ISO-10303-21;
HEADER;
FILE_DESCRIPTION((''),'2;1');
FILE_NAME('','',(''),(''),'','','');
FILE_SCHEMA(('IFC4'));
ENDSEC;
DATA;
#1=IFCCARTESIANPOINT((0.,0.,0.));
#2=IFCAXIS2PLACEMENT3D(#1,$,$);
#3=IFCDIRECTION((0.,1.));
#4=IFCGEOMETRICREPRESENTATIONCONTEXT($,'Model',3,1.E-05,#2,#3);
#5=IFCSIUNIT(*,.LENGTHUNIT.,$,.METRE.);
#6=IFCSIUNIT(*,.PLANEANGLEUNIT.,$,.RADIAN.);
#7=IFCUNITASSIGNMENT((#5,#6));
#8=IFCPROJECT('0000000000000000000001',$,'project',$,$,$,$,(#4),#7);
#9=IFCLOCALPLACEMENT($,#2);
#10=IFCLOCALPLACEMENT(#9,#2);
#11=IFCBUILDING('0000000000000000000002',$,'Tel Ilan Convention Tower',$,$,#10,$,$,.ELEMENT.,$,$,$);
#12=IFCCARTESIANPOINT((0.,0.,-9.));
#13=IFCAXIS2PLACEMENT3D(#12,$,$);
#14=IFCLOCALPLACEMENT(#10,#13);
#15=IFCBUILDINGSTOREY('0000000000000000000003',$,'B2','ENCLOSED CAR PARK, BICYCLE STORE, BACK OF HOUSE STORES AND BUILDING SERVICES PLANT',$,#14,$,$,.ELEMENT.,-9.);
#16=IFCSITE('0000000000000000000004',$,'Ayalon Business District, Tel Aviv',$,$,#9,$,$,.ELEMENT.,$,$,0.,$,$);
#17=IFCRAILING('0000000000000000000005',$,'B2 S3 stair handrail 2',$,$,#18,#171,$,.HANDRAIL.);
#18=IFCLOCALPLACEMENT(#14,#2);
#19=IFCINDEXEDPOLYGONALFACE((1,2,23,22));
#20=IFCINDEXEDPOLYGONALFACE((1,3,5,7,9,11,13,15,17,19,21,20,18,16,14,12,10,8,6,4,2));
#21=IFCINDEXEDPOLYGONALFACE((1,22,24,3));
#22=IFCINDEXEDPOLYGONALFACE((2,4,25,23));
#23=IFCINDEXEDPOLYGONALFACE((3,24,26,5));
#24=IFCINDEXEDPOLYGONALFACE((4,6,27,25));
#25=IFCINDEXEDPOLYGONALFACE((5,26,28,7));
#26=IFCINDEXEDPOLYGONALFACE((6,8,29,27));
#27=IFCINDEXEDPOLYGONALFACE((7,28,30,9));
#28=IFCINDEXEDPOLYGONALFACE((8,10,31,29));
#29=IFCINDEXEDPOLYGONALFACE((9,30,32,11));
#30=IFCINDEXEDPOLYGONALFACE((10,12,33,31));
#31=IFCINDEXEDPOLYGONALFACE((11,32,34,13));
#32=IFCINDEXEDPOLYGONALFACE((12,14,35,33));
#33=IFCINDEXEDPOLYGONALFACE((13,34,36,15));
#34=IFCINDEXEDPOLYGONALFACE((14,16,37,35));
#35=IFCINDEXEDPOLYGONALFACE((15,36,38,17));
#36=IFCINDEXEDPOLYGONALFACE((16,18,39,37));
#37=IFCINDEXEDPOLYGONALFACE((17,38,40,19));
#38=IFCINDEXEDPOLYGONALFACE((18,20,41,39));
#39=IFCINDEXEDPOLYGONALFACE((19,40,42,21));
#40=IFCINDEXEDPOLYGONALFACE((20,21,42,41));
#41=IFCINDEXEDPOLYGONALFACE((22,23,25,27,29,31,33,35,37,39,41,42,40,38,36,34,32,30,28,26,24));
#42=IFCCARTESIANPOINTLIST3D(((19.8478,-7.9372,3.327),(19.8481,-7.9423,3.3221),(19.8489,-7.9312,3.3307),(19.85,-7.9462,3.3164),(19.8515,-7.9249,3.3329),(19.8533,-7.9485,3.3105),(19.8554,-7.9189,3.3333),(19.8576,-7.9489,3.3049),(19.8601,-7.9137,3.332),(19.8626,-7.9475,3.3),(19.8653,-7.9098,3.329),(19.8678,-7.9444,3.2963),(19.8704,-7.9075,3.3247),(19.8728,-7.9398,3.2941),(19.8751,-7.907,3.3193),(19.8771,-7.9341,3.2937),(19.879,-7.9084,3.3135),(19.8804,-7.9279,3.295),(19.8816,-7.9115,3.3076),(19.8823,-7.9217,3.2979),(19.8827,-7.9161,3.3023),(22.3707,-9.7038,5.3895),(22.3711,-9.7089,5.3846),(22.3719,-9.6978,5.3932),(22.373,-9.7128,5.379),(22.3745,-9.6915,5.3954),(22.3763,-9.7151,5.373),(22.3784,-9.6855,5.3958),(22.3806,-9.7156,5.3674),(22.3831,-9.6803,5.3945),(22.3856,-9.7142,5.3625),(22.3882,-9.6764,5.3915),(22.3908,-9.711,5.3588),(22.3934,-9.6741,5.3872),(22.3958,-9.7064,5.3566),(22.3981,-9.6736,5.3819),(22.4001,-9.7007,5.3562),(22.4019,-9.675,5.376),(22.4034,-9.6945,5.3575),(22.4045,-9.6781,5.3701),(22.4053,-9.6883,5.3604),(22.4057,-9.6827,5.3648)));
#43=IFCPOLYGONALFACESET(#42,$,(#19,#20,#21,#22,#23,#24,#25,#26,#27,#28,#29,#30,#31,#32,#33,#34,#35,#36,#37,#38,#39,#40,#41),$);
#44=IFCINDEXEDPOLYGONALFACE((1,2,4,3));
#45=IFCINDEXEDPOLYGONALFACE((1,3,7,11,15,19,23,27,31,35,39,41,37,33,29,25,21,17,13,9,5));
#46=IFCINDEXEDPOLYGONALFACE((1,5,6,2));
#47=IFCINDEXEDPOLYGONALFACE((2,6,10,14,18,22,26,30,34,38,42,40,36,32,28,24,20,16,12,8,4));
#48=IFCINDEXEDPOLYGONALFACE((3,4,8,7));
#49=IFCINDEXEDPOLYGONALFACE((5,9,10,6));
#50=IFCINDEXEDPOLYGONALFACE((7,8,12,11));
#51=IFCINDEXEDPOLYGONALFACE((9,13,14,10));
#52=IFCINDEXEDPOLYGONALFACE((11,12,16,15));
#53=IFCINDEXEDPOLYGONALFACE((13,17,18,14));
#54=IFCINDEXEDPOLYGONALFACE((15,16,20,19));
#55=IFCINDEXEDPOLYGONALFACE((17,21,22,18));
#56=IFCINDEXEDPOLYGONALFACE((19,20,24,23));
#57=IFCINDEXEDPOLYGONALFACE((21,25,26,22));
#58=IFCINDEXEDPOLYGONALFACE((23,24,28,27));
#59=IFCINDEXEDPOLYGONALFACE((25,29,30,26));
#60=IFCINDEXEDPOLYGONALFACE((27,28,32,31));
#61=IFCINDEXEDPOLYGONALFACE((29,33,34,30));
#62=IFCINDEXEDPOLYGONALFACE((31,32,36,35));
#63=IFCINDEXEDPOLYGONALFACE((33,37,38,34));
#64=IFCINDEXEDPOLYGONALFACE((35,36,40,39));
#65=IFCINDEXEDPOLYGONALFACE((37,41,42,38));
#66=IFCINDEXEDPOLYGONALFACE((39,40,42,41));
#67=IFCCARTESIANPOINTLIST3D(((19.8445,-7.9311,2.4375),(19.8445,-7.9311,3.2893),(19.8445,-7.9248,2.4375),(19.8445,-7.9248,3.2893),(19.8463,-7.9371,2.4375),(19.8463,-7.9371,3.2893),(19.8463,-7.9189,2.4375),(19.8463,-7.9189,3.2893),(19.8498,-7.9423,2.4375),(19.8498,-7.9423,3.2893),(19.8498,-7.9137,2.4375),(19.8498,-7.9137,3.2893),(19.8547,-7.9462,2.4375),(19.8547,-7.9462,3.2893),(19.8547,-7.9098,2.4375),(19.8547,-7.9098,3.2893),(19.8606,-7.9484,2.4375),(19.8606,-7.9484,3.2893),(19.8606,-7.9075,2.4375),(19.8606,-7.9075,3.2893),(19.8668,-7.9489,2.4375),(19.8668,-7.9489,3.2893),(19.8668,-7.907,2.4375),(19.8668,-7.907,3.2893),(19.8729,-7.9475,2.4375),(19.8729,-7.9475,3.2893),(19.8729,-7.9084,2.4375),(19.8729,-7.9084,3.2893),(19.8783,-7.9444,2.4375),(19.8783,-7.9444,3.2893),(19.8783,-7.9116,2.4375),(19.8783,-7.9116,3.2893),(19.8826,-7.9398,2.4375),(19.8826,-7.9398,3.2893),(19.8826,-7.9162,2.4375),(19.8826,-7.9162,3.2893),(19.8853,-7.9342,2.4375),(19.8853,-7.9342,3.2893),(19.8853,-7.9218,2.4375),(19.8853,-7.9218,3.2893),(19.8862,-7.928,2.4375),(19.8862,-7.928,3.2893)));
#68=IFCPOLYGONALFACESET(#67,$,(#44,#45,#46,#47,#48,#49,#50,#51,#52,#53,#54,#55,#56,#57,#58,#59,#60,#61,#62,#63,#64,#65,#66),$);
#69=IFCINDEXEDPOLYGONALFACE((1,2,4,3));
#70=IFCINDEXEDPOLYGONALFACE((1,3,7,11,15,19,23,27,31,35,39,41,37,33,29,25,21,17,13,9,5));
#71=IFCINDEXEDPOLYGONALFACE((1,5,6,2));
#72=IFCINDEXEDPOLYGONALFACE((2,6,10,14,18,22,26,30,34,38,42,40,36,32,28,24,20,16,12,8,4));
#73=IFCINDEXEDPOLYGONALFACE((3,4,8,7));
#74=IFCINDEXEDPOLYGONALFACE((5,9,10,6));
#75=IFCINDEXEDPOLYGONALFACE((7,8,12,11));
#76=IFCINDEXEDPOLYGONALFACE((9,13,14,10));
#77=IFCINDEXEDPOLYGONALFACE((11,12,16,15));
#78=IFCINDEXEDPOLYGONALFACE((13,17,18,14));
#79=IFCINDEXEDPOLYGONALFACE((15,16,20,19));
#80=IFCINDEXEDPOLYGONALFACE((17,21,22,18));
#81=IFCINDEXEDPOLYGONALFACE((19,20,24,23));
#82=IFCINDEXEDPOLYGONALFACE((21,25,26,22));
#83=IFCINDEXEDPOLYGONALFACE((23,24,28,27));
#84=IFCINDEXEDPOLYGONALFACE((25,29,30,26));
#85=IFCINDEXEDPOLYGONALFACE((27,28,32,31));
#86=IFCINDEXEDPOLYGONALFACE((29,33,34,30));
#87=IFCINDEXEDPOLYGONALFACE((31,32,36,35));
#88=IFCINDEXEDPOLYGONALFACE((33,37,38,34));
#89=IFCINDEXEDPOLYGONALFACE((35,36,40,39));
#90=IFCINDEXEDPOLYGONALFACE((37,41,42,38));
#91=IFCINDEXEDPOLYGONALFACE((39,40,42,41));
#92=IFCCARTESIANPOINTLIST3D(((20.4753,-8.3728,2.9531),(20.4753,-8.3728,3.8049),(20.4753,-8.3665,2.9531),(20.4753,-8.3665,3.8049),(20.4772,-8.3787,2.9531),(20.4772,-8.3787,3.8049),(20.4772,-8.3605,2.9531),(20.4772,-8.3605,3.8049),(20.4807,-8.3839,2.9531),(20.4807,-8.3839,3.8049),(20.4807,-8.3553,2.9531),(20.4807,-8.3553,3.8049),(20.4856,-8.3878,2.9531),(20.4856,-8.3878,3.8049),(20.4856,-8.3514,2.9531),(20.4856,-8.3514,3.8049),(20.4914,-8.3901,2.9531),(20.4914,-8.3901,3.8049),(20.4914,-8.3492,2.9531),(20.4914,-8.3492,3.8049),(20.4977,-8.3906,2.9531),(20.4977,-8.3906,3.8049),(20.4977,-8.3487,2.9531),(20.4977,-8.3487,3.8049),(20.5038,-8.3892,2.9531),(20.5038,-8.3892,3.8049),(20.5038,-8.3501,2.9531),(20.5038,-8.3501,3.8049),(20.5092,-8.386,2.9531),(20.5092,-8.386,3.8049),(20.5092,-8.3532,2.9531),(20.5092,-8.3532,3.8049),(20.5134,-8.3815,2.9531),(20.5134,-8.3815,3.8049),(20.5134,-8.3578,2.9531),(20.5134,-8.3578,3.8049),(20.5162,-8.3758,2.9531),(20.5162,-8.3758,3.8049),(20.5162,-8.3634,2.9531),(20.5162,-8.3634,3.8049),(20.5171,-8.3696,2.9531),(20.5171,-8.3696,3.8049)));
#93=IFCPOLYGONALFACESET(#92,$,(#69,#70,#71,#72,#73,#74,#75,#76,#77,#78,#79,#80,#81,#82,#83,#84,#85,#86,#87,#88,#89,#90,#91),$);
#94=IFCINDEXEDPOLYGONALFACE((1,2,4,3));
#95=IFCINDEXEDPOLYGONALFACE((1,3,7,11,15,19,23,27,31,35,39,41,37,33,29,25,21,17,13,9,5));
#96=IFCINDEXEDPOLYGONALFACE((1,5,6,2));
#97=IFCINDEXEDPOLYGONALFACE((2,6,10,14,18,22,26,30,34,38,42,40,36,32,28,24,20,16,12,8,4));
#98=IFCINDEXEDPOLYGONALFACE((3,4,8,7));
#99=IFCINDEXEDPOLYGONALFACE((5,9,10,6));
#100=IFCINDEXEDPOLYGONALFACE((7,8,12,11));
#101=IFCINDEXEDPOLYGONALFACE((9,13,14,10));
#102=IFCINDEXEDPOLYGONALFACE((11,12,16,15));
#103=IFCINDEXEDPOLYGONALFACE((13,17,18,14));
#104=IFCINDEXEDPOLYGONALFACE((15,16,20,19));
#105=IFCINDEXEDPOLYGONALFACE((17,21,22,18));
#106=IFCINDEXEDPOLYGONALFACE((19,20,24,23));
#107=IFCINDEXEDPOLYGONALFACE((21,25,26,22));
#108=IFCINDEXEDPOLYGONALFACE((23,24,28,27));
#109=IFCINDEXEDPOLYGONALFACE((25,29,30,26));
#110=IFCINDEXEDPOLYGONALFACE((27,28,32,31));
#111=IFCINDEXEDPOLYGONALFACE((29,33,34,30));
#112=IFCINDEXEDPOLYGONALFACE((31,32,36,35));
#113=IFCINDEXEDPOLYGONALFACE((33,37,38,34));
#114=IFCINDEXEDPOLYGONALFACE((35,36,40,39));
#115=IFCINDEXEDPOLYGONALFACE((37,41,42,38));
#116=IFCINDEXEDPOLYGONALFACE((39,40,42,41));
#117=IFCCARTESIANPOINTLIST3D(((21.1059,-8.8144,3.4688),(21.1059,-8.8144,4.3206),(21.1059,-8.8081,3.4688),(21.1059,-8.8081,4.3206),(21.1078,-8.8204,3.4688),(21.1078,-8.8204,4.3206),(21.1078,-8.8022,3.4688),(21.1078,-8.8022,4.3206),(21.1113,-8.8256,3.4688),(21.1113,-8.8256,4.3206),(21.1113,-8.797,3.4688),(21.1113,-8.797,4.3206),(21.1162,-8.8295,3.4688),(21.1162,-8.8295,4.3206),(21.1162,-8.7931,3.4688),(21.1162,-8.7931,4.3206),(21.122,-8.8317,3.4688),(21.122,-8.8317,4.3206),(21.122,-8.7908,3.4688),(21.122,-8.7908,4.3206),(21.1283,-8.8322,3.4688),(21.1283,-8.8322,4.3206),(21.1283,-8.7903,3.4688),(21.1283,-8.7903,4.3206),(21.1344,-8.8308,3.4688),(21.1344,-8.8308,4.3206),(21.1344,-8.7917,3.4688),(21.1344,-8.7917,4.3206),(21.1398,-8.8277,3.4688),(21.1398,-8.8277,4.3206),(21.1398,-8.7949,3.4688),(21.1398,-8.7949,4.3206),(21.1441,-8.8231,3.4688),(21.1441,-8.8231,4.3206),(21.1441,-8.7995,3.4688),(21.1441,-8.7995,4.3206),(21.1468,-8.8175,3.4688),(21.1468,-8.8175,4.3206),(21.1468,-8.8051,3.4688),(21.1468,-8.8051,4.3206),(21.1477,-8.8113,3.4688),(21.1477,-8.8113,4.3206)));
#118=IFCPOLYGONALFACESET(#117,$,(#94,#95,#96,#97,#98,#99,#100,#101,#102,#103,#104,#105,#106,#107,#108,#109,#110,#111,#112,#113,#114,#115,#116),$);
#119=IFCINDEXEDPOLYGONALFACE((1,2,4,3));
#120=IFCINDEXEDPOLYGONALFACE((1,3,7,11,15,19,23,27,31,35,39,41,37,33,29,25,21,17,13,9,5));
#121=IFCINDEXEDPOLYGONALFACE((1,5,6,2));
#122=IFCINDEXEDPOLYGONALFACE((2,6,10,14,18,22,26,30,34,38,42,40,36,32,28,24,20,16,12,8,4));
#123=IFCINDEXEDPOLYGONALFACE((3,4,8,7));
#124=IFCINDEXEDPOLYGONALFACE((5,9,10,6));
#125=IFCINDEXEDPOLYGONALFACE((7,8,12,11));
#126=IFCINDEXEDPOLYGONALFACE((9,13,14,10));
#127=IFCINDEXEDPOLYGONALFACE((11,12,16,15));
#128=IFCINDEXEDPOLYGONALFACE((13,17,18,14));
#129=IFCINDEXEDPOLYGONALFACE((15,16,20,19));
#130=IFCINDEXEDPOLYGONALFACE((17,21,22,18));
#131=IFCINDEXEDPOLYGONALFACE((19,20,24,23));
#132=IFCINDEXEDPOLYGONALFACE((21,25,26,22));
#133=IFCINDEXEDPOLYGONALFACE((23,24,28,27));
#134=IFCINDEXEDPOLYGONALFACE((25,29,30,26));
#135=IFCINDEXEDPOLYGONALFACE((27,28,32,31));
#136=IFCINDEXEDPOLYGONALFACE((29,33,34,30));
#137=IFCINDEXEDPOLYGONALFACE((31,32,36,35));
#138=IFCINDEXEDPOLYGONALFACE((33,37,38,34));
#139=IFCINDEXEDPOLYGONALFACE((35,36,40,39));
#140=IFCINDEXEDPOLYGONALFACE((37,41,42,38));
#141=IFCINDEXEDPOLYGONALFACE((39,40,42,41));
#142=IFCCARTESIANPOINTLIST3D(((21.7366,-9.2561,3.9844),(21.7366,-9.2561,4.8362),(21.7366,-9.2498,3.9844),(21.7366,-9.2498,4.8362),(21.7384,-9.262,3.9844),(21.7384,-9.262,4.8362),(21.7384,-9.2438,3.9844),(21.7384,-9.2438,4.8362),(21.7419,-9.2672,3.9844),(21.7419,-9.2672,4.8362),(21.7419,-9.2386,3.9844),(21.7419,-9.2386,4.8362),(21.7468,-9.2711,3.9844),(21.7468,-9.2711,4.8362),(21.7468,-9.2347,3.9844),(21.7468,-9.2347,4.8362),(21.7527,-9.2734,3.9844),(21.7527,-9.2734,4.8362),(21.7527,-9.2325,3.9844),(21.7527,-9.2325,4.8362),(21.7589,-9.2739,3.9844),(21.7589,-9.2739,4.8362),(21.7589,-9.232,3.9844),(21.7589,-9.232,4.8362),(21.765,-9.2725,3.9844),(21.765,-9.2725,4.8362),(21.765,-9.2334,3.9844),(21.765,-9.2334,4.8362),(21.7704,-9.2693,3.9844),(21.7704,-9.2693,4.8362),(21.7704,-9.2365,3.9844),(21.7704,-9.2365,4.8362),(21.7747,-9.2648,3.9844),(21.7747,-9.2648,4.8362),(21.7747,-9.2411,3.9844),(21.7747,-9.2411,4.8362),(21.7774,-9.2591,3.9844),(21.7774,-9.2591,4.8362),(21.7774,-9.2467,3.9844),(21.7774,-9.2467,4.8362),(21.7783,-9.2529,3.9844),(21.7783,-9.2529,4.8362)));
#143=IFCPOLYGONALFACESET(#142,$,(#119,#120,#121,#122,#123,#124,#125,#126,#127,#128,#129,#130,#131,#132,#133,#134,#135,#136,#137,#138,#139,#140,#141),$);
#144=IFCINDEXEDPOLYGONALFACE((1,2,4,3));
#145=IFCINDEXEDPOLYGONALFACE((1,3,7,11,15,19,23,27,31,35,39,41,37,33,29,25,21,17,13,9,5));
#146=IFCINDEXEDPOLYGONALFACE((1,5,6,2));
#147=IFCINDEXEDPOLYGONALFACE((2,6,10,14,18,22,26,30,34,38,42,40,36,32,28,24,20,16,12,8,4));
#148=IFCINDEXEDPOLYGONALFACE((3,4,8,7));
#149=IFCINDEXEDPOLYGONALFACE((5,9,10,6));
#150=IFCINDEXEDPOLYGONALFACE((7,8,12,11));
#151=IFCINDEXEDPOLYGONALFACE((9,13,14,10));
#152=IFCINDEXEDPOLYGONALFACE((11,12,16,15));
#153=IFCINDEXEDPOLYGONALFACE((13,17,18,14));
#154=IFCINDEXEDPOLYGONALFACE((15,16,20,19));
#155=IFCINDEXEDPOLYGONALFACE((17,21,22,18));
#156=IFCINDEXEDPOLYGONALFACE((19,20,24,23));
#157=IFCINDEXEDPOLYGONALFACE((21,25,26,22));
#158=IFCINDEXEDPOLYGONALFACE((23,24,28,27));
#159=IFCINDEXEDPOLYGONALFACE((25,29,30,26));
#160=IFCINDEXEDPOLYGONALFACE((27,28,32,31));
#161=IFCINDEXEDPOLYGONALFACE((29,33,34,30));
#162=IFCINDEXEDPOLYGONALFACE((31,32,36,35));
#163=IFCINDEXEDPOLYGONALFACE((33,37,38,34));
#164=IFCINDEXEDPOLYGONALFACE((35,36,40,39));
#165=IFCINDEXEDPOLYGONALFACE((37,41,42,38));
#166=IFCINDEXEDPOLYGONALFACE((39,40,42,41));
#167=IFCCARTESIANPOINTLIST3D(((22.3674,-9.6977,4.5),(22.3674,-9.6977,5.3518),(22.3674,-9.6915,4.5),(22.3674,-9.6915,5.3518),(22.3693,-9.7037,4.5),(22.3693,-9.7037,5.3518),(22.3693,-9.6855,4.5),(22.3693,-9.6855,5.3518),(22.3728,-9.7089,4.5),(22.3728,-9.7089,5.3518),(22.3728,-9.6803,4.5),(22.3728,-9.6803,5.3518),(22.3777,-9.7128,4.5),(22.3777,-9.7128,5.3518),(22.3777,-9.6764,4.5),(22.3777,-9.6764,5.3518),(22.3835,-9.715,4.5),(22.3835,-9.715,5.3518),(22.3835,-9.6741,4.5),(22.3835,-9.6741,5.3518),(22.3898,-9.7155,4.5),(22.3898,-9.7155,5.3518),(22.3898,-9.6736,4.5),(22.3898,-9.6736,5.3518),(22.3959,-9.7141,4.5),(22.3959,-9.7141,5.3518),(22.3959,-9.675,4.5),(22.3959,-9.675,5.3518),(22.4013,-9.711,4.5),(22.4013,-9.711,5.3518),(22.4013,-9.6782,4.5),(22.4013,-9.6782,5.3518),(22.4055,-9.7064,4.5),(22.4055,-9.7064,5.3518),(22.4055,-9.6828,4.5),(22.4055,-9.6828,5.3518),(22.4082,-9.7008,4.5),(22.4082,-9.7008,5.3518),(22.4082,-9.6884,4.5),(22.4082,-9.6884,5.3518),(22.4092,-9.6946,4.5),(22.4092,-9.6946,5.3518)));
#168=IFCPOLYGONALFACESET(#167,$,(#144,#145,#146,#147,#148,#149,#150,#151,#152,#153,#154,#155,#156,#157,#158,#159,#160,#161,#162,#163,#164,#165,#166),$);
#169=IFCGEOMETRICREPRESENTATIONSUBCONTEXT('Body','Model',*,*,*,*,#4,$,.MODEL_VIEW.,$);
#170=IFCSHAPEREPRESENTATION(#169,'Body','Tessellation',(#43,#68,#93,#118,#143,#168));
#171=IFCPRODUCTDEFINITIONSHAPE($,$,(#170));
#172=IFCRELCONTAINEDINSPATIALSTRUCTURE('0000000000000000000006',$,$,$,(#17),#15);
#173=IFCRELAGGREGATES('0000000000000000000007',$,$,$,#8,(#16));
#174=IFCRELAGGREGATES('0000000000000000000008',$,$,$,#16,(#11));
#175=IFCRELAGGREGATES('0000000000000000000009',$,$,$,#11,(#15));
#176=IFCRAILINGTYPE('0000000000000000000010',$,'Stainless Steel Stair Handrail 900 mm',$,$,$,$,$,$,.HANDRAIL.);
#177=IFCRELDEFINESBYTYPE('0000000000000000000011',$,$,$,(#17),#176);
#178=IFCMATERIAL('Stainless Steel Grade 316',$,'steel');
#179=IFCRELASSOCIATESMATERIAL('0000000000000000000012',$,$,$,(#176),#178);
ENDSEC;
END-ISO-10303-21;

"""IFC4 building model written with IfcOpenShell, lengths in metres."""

from ifc_helpers import new_model, si_unit, direction, frame, origin, origin_2d, place, context, subcontext, project, spatial, circle, extrude, material, type_object, element, save


model = new_model("IFC4")

# Units and contexts
model_context = context("Model", 3, precision=1e-05, world=origin(), true_north=direction((0.0, 1.0)))
body_context = subcontext(model_context, "Body", "Model", "MODEL_VIEW")
ifc_project = project(units=[si_unit("LENGTHUNIT", "METRE"), si_unit("PLANEANGLEUNIT", "RADIAN")], contexts=[model_context])

# Site, building, storey
site_placement = place(None, origin())
site = spatial("IfcSite", under=ifc_project, at=site_placement, Name="Ayalon Business District, Tel Aviv", CompositionType="ELEMENT", RefElevation=0.0)
building_placement = place(site_placement, origin())
building = spatial("IfcBuilding", under=site, at=building_placement, Name="Tel Ilan Convention Tower", CompositionType="ELEMENT")
storey_placement = place(building_placement, frame((0.0, 0.0, -9.0)))
storey = spatial("IfcBuildingStorey", under=building, at=storey_placement, Name="B2", Description="ENCLOSED CAR PARK, BICYCLE STORE, BACK OF HOUSE STORES AND BUILDING SERVICES PLANT", CompositionType="ELEMENT", Elevation=-9.0)

# Railing
ifc_material_1 = material(Name="Stainless Steel Grade 316", Category="steel")
railing_type_1 = type_object("IfcRailingType", Name="Stainless Steel Stair Handrail 900 mm", PredefinedType="HANDRAIL", material=ifc_material_1)
railing_1_placement = place(storey_placement, frame((19.8652, -7.928, 2.4375)))
element("IfcRailing", 1, at=railing_1_placement, inside=storey, type_object=railing_type_1, Name="B2 S3 stair handrail 2", PredefinedType="HANDRAIL", context=body_context, shape_type="SweptSolid", body=[
    extrude(circle(Radius=0.0239, at=origin_2d()), frame((0.0, 0.0, 0.876), z_axis=(0.680635, -0.476589, 0.556416), x_axis=(0.573579, 0.81915, 0.0)), (0.0, 0.0, 1.0), 3.7068),
    extrude(circle(Radius=0.021, at=origin_2d()), origin(), (0.0, 0.0, 1.0), 0.8518),
    extrude(circle(Radius=0.021, at=origin_2d()), frame((0.6309, -0.4417, 0.5156)), (0.0, 0.0, 1.0), 0.8518),
    extrude(circle(Radius=0.021, at=origin_2d()), frame((1.2615, -0.8833, 1.0312)), (0.0, 0.0, 1.0), 0.8518),
    extrude(circle(Radius=0.021, at=origin_2d()), frame((1.8921, -1.325, 1.5469)), (0.0, 0.0, 1.0), 0.8518),
    extrude(circle(Radius=0.021, at=origin_2d()), frame((2.5229, -1.7666, 2.0625)), (0.0, 0.0, 1.0), 0.8518),
])

save(model, "model.ifc")
